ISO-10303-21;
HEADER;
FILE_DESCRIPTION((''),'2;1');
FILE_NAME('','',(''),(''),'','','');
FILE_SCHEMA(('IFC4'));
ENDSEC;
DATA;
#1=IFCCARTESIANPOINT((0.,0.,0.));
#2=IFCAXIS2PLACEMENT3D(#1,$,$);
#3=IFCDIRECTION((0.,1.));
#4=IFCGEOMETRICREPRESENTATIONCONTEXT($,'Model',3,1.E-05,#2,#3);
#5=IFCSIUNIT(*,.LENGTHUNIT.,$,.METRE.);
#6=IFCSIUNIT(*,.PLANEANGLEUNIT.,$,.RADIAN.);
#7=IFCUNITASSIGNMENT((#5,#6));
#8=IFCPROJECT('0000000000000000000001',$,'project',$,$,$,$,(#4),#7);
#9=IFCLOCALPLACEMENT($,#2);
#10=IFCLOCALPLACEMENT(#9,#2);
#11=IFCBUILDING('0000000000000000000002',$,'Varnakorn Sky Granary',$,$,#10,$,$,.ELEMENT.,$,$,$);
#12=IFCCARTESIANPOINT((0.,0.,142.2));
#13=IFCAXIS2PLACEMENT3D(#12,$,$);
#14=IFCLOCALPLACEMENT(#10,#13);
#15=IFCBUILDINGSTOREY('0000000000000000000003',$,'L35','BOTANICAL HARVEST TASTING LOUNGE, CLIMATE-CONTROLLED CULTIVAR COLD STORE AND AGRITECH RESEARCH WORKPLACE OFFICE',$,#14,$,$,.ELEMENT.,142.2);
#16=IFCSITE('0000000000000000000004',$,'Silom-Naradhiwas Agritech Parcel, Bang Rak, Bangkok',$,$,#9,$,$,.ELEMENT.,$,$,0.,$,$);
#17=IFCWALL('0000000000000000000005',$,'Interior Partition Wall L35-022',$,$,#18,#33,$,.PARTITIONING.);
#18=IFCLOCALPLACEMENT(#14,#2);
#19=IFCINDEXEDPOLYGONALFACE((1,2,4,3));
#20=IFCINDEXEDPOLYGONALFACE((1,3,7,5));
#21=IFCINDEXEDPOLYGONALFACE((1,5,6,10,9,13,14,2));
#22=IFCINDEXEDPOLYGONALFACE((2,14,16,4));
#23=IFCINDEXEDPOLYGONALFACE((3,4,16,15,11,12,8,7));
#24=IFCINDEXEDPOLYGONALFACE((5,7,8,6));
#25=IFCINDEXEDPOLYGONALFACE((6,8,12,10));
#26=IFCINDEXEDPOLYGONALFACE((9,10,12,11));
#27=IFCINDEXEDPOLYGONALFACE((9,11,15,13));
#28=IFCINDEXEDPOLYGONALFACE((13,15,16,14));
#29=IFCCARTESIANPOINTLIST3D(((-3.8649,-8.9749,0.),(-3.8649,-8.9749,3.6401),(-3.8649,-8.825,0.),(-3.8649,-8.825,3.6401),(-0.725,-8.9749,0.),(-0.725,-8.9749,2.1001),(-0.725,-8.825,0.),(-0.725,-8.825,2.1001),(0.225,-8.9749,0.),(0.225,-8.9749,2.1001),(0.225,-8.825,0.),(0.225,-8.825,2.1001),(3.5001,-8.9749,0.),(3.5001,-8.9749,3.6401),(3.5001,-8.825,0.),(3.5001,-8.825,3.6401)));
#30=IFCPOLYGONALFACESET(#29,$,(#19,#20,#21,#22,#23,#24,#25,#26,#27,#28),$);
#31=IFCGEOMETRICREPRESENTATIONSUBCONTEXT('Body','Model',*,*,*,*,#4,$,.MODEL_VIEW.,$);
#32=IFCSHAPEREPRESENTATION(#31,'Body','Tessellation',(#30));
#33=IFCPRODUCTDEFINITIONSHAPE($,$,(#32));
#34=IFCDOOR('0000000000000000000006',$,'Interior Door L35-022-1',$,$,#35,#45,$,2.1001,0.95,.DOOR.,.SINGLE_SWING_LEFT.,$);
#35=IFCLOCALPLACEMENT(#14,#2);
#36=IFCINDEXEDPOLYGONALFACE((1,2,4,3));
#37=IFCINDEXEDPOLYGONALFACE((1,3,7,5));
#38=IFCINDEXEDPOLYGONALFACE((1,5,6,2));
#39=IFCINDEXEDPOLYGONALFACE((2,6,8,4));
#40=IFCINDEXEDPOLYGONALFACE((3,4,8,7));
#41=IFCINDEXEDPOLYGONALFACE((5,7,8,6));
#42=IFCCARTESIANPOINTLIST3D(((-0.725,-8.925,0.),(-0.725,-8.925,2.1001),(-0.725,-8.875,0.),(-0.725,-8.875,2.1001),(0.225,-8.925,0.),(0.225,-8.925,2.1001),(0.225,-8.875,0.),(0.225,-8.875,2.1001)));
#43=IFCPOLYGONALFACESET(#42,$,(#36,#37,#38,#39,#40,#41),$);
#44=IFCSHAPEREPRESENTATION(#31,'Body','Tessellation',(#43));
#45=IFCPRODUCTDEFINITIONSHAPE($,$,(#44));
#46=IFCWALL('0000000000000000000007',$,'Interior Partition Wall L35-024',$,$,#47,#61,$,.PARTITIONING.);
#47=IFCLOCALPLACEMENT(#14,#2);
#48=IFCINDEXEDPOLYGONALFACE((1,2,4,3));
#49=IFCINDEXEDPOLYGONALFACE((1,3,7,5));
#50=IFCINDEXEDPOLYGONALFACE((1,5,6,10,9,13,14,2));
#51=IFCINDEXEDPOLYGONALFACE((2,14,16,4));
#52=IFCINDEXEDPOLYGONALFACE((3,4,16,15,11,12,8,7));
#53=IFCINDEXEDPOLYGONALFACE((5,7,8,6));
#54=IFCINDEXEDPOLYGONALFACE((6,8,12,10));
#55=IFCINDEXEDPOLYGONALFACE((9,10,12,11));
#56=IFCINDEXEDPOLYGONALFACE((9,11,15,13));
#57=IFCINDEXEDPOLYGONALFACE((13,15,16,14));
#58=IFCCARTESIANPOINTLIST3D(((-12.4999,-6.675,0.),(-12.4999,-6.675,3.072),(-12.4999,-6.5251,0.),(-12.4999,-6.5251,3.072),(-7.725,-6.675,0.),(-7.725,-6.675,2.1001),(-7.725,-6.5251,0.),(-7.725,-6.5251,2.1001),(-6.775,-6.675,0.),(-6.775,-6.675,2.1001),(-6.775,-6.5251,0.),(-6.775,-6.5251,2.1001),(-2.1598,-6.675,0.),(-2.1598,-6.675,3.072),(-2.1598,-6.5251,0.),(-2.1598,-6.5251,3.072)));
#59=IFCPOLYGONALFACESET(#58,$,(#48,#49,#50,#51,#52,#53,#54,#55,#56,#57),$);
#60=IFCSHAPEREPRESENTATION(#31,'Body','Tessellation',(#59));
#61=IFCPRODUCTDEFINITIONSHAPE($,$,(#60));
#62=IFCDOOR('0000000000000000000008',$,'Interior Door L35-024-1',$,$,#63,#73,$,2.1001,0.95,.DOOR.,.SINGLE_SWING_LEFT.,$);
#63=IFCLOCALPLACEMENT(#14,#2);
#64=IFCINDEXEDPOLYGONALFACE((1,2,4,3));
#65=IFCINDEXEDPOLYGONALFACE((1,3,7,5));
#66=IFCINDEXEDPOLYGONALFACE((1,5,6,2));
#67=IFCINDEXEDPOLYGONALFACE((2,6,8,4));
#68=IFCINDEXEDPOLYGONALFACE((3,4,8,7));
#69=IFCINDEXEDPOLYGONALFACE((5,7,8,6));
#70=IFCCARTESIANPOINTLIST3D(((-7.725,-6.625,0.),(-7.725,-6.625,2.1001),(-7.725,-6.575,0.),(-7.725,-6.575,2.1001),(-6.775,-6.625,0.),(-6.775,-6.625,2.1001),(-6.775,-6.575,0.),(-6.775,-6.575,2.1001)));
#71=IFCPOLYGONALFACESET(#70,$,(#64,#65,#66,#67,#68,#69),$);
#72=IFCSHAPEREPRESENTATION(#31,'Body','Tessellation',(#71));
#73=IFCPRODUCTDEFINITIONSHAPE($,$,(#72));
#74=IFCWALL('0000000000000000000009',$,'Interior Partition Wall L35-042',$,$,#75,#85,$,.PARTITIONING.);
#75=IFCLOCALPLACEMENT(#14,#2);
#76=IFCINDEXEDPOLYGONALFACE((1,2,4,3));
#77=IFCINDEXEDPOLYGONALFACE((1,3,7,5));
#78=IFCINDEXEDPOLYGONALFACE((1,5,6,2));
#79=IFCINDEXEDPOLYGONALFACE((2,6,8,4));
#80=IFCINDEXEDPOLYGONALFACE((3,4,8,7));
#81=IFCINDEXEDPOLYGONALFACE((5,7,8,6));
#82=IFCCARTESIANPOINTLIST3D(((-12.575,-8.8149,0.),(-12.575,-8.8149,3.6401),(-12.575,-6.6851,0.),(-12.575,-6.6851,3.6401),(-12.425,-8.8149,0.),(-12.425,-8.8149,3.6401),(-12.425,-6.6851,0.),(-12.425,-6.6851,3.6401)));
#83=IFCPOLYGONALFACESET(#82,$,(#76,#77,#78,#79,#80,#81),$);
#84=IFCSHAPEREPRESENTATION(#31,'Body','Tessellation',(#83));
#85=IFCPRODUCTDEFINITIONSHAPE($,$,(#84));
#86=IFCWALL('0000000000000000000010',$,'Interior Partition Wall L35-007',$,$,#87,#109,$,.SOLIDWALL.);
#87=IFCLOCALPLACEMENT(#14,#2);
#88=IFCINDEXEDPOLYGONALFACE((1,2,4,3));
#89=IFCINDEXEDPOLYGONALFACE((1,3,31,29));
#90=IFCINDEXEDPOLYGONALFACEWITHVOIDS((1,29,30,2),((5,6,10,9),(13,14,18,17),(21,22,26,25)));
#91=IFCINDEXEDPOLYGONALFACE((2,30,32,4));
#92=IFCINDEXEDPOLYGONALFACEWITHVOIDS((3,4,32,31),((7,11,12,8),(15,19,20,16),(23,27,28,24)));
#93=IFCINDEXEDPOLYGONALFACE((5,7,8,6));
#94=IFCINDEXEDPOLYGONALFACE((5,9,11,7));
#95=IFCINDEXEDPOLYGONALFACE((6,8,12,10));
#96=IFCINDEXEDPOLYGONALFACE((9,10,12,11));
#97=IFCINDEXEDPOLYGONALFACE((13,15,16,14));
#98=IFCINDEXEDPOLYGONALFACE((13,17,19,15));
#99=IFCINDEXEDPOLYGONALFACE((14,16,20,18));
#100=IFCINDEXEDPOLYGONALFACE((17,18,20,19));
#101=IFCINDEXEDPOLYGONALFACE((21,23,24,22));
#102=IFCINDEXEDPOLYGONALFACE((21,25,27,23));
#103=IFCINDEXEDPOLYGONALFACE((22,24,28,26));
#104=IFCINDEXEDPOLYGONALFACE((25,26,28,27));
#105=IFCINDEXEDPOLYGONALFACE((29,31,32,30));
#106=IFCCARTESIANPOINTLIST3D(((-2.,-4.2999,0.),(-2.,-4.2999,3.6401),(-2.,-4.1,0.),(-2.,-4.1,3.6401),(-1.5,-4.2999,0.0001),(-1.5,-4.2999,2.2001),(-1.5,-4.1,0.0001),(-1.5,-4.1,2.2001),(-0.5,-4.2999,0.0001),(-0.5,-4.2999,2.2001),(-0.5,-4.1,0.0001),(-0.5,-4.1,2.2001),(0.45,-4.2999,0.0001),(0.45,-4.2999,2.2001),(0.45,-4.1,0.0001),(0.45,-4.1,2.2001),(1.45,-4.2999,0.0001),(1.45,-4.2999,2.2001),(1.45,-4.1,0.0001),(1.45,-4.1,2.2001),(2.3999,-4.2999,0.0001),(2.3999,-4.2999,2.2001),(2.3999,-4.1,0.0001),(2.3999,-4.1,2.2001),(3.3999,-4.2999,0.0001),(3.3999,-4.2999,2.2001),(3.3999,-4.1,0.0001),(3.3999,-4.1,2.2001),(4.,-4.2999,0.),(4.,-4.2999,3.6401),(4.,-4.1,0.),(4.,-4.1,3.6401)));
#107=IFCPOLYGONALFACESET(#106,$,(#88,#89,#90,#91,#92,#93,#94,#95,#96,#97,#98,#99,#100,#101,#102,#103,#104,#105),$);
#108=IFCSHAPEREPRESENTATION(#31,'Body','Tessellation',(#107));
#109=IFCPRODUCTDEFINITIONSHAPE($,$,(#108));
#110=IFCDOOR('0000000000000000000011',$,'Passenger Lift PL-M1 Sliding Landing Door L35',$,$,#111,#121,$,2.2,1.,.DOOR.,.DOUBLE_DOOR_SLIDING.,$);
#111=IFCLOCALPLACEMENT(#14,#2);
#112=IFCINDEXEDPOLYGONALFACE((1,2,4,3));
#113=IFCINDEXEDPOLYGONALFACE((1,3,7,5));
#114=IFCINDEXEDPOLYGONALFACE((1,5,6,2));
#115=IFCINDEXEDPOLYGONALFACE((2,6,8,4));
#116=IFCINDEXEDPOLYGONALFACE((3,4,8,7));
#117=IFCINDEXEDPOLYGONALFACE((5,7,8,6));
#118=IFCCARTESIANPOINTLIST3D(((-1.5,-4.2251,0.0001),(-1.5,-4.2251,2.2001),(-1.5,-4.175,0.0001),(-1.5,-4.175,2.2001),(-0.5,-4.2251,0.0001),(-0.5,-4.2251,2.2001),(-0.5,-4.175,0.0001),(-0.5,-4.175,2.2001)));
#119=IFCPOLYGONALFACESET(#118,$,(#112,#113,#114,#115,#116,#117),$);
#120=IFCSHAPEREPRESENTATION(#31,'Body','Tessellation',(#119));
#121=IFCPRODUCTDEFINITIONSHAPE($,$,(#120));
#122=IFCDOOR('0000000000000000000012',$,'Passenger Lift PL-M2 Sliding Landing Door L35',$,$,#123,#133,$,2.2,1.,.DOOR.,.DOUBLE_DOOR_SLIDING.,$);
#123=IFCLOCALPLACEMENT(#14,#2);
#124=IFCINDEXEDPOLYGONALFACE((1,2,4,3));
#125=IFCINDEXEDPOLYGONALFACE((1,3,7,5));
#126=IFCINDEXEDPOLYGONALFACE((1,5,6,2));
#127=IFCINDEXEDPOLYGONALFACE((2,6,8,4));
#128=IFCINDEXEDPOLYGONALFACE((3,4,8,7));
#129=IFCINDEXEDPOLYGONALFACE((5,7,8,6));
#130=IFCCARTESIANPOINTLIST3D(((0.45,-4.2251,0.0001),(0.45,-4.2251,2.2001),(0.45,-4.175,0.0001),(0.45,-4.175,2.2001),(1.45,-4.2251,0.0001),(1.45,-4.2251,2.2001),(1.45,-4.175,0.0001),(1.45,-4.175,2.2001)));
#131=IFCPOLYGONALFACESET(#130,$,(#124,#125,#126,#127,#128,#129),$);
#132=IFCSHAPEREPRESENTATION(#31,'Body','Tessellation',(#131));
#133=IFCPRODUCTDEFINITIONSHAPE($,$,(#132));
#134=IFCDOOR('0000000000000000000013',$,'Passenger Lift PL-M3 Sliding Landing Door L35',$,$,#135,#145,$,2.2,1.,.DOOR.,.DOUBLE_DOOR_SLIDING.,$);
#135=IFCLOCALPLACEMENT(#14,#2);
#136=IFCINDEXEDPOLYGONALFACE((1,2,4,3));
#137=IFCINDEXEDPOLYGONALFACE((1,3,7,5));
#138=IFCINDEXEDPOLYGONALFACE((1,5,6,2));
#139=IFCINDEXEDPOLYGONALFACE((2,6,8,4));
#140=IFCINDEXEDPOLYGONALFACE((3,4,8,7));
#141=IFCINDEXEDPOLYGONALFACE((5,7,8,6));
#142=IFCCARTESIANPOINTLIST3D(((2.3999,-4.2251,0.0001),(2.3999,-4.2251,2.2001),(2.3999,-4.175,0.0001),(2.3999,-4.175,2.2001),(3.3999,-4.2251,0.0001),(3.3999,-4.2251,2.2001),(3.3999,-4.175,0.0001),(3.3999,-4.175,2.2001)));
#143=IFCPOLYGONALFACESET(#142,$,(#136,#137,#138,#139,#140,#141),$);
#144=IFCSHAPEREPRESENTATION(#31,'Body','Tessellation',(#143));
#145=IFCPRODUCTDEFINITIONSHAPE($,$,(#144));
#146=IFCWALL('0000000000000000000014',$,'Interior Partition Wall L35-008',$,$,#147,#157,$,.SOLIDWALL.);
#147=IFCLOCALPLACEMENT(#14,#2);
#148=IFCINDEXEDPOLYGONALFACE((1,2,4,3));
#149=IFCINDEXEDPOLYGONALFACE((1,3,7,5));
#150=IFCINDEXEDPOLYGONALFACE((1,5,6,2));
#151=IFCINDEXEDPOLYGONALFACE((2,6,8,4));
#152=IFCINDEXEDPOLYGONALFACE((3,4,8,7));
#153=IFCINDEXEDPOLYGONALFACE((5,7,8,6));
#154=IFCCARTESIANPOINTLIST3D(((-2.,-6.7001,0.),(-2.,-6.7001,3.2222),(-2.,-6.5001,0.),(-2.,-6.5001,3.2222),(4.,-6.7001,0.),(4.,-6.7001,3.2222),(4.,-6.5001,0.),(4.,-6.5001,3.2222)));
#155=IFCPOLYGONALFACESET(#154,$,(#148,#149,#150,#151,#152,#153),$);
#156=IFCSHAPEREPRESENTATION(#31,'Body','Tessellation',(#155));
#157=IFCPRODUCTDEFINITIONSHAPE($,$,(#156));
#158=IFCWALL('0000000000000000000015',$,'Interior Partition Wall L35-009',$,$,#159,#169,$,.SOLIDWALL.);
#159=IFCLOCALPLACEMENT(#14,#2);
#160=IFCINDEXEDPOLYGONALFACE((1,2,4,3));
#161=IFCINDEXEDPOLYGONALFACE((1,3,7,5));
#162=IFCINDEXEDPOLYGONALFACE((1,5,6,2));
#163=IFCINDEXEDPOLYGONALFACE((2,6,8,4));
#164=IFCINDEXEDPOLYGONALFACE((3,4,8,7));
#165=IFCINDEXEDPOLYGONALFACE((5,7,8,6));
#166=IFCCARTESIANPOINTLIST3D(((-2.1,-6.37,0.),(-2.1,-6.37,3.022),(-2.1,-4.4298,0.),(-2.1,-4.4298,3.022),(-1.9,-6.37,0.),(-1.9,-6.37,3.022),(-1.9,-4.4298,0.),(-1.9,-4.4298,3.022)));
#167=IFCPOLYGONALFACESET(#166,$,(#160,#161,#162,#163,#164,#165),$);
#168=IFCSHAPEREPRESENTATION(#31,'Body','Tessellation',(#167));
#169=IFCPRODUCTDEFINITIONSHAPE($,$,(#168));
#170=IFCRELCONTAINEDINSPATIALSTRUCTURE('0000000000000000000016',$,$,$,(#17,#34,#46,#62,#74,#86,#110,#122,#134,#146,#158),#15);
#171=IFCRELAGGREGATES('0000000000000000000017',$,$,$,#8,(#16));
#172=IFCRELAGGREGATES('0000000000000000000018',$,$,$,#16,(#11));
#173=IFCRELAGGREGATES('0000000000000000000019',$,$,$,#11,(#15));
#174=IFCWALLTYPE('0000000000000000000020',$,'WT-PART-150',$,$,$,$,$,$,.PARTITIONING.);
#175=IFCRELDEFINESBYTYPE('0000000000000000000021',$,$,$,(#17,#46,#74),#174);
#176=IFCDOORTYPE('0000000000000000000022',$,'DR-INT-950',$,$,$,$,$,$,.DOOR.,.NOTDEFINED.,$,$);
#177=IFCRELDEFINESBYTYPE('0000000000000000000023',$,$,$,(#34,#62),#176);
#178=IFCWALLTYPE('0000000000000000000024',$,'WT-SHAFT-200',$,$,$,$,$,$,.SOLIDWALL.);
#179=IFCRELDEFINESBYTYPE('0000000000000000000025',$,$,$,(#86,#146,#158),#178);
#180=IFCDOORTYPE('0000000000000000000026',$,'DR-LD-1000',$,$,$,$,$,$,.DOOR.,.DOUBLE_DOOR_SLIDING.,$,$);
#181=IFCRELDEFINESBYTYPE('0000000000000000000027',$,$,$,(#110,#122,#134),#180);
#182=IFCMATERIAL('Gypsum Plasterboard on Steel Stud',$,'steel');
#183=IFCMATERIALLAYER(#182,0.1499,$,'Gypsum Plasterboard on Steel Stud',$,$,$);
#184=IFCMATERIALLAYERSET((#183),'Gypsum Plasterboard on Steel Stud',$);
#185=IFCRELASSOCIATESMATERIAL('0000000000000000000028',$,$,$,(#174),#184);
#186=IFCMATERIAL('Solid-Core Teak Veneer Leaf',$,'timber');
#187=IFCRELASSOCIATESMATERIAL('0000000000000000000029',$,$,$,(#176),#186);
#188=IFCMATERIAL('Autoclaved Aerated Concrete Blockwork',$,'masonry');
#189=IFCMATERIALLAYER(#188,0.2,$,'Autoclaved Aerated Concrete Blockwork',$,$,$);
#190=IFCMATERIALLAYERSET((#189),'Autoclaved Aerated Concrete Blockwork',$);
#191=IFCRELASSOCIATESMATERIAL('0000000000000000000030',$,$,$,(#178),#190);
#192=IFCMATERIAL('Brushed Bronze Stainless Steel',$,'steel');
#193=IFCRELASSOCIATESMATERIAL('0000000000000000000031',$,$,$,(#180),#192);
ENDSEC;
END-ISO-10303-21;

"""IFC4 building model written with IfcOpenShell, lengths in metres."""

from ifc_helpers import new_model, si_unit, direction, frame, frame_2d, origin, place, context, subcontext, project, spatial, rectangle, extrude, material, layer, layer_set, type_object, element, fill, save


model = new_model("IFC4")

# Units and contexts
model_context = context("Model", 3, precision=1e-05, world=origin(), true_north=direction((0.0, 1.0)))
body_context = subcontext(model_context, "Body", "Model", "MODEL_VIEW")
ifc_project = project(units=[si_unit("LENGTHUNIT", "METRE"), si_unit("PLANEANGLEUNIT", "RADIAN")], contexts=[model_context])

# Site, building, storey
site_placement = place(None, origin())
site = spatial("IfcSite", under=ifc_project, at=site_placement, Name="Silom-Naradhiwas Agritech Parcel, Bang Rak, Bangkok", CompositionType="ELEMENT", RefElevation=0.0)
building_placement = place(site_placement, origin())
building = spatial("IfcBuilding", under=site, at=building_placement, Name="Varnakorn Sky Granary", CompositionType="ELEMENT")
storey_placement = place(building_placement, frame((0.0, 0.0, 142.2)))
storey = spatial("IfcBuildingStorey", under=building, at=storey_placement, Name="L35", Description="BOTANICAL HARVEST TASTING LOUNGE, CLIMATE-CONTROLLED CULTIVAR COLD STORE AND AGRITECH RESEARCH WORKPLACE OFFICE", CompositionType="ELEMENT", Elevation=142.2)

# Shared definitions
ifc_material_1 = material(Name="Autoclaved Aerated Concrete Blockwork", Category="masonry")

# Walls, openings, doors
ifc_material_2 = material(Name="Gypsum Plasterboard on Steel Stud", Category="steel")
ifc_layer_1 = layer(ifc_material_2, 0.1499, Name="Gypsum Plasterboard on Steel Stud")
ifc_layer_set_1 = layer_set([ifc_layer_1], Name="Gypsum Plasterboard on Steel Stud")
wall_type_1 = type_object("IfcWallType", Name="WT-PART-150", PredefinedType="PARTITIONING", material=ifc_layer_set_1)
ifc_material_3 = material(Name="Solid-Core Teak Veneer Leaf", Category="timber")
door_type_1 = type_object("IfcDoorType", Name="DR-INT-950", OperationType="NOTDEFINED", PredefinedType="DOOR", material=ifc_material_3)
wall_1_placement = place(storey_placement, frame((-3.865, -8.8999, 0.0), z_axis=(0.0, 0.0, 1.0), x_axis=(1.0, 0.0, 0.0)))
wall_1 = element("IfcWall", 1, at=wall_1_placement, inside=storey, type_object=wall_type_1, Name="Interior Partition Wall L35-022", PredefinedType="PARTITIONING", context=body_context, shape_type="SweptSolid", body=[
    extrude(rectangle(XDim=7.365, YDim=0.1499, at=frame_2d((3.6826, 0.0))), origin(), (0.0, 0.0, 1.0), 3.6401),
])
opening_1_placement = place(wall_1_placement, frame((3.1399, 0.0, 0.0)))
opening_1 = element("IfcOpeningElement", 2, at=opening_1_placement, cuts=wall_1, PredefinedType="OPENING", context=body_context, shape_type="SweptSolid", body=[
    extrude(rectangle(XDim=0.95, YDim=2.1001, at=frame_2d((0.4751, 1.05))), frame((0.0, 0.085, 0.0), z_axis=(0.0, -1.0, 0.0), x_axis=(1.0, 0.0, 0.0)), (0.0, 0.0, 1.0), 0.1699),
])
door_1_placement = place(opening_1_placement, origin())
door_1 = element("IfcDoor", 3, at=door_1_placement, inside=storey, type_object=door_type_1, Name="Interior Door L35-022-1", OperationType="SINGLE_SWING_LEFT", OverallHeight=2.1001, OverallWidth=0.95, PredefinedType="DOOR", context=body_context, shape_type="SweptSolid", body=[
    extrude(rectangle(XDim=0.95, YDim=2.1001, at=frame_2d((0.4751, 1.05))), frame((0.0, 0.0249, 0.0), z_axis=(0.0, -1.0, 0.0), x_axis=(1.0, 0.0, 0.0)), (0.0, 0.0, 1.0), 0.05),
])
fill(opening_1, door_1)
wall_2_placement = place(storey_placement, frame((-2.1599, -6.6001, 0.0), z_axis=(0.0, 0.0, 1.0), x_axis=(-1.0, 0.0, 0.0)))
wall_2 = element("IfcWall", 4, at=wall_2_placement, inside=storey, type_object=wall_type_1, Name="Interior Partition Wall L35-024", PredefinedType="PARTITIONING", context=body_context, shape_type="SweptSolid", body=[
    extrude(rectangle(XDim=10.3401, YDim=0.1499, at=frame_2d((5.1699, 0.0))), origin(), (0.0, 0.0, 1.0), 3.072),
])
opening_2_placement = place(wall_2_placement, frame((4.615, 0.0, 0.0)))
opening_2 = element("IfcOpeningElement", 5, at=opening_2_placement, cuts=wall_2, PredefinedType="OPENING", context=body_context, shape_type="SweptSolid", body=[
    extrude(rectangle(XDim=0.95, YDim=2.1001, at=frame_2d((0.4751, 1.05))), frame((0.0, 0.085, 0.0), z_axis=(0.0, -1.0, 0.0), x_axis=(1.0, 0.0, 0.0)), (0.0, 0.0, 1.0), 0.1699),
])
door_2_placement = place(opening_2_placement, origin())
door_2 = element("IfcDoor", 6, at=door_2_placement, inside=storey, type_object=door_type_1, Name="Interior Door L35-024-1", OperationType="SINGLE_SWING_LEFT", OverallHeight=2.1001, OverallWidth=0.95, PredefinedType="DOOR", context=body_context, shape_type="SweptSolid", body=[
    extrude(rectangle(XDim=0.95, YDim=2.1001, at=frame_2d((0.4751, 1.05))), frame((0.0, 0.0249, 0.0), z_axis=(0.0, -1.0, 0.0), x_axis=(1.0, 0.0, 0.0)), (0.0, 0.0, 1.0), 0.05),
])
fill(opening_2, door_2)

# Wall
wall_3_placement = place(storey_placement, frame((-12.5, -6.6851, 0.0), z_axis=(0.0, 0.0, 1.0), x_axis=(0.0, -1.0, 0.0)))
element("IfcWall", 7, at=wall_3_placement, inside=storey, type_object=wall_type_1, Name="Interior Partition Wall L35-042", PredefinedType="PARTITIONING", context=body_context, shape_type="SweptSolid", body=[
    extrude(rectangle(XDim=2.1299, YDim=0.1499, at=frame_2d((1.0649, 0.0))), origin(), (0.0, 0.0, 1.0), 3.6401),
])

# Wall, openings, doors
ifc_layer_2 = layer(ifc_material_1, 0.2, Name="Autoclaved Aerated Concrete Blockwork")
ifc_layer_set_2 = layer_set([ifc_layer_2], Name="Autoclaved Aerated Concrete Blockwork")
wall_type_2 = type_object("IfcWallType", Name="WT-SHAFT-200", PredefinedType="SOLIDWALL", material=ifc_layer_set_2)
wall_4_placement = place(storey_placement, frame((-2.0, -4.2, 0.0), z_axis=(0.0, 0.0, 1.0), x_axis=(1.0, 0.0, 0.0)))
wall_4 = element("IfcWall", 8, at=wall_4_placement, inside=storey, type_object=wall_type_2, Name="Interior Partition Wall L35-007", PredefinedType="SOLIDWALL", context=body_context, shape_type="SweptSolid", body=[
    extrude(rectangle(XDim=6.0, YDim=0.2, at=frame_2d((3.0, 0.0))), origin(), (0.0, 0.0, 1.0), 3.6401),
])
opening_3_placement = place(wall_4_placement, frame((0.5, 0.0, 0.0)))
opening_3 = element("IfcOpeningElement", 9, at=opening_3_placement, cuts=wall_4, PredefinedType="OPENING", context=body_context, shape_type="SweptSolid", body=[
    extrude(rectangle(XDim=1.0, YDim=2.2, at=frame_2d((0.5, 1.1001))), frame((0.0, 0.1099, 0.0), z_axis=(0.0, -1.0, 0.0), x_axis=(1.0, 0.0, 0.0)), (0.0, 0.0, 1.0), 0.22),
])
opening_4_placement = place(wall_4_placement, frame((2.45, 0.0, 0.0)))
opening_4 = element("IfcOpeningElement", 10, at=opening_4_placement, cuts=wall_4, PredefinedType="OPENING", context=body_context, shape_type="SweptSolid", body=[
    extrude(rectangle(XDim=1.0, YDim=2.2, at=frame_2d((0.5, 1.1001))), frame((0.0, 0.1099, 0.0), z_axis=(0.0, -1.0, 0.0), x_axis=(1.0, 0.0, 0.0)), (0.0, 0.0, 1.0), 0.22),
])
opening_5_placement = place(wall_4_placement, frame((4.3999, 0.0, 0.0)))
opening_5 = element("IfcOpeningElement", 11, at=opening_5_placement, cuts=wall_4, PredefinedType="OPENING", context=body_context, shape_type="SweptSolid", body=[
    extrude(rectangle(XDim=1.0, YDim=2.2, at=frame_2d((0.5, 1.1001))), frame((0.0, 0.1099, 0.0), z_axis=(0.0, -1.0, 0.0), x_axis=(1.0, 0.0, 0.0)), (0.0, 0.0, 1.0), 0.22),
])
ifc_material_4 = material(Name="Brushed Bronze Stainless Steel", Category="steel")
door_type_2 = type_object("IfcDoorType", Name="DR-LD-1000", OperationType="DOUBLE_DOOR_SLIDING", PredefinedType="DOOR", material=ifc_material_4)
door_3_placement = place(opening_3_placement, origin())
door_3 = element("IfcDoor", 12, at=door_3_placement, inside=storey, type_object=door_type_2, Name="Passenger Lift PL-M1 Sliding Landing Door L35", OperationType="DOUBLE_DOOR_SLIDING", OverallHeight=2.2, OverallWidth=1.0, PredefinedType="DOOR", context=body_context, shape_type="SweptSolid", body=[
    extrude(rectangle(XDim=1.0, YDim=2.2, at=frame_2d((0.5, 1.1001))), frame((0.0, 0.0249, 0.0), z_axis=(0.0, -1.0, 0.0), x_axis=(1.0, 0.0, 0.0)), (0.0, 0.0, 1.0), 0.05),
])
fill(opening_3, door_3)
door_4_placement = place(opening_4_placement, origin())
door_4 = element("IfcDoor", 13, at=door_4_placement, inside=storey, type_object=door_type_2, Name="Passenger Lift PL-M2 Sliding Landing Door L35", OperationType="DOUBLE_DOOR_SLIDING", OverallHeight=2.2, OverallWidth=1.0, PredefinedType="DOOR", context=body_context, shape_type="SweptSolid", body=[
    extrude(rectangle(XDim=1.0, YDim=2.2, at=frame_2d((0.5, 1.1001))), frame((0.0, 0.0249, 0.0), z_axis=(0.0, -1.0, 0.0), x_axis=(1.0, 0.0, 0.0)), (0.0, 0.0, 1.0), 0.05),
])
fill(opening_4, door_4)
door_5_placement = place(opening_5_placement, origin())
door_5 = element("IfcDoor", 14, at=door_5_placement, inside=storey, type_object=door_type_2, Name="Passenger Lift PL-M3 Sliding Landing Door L35", OperationType="DOUBLE_DOOR_SLIDING", OverallHeight=2.2, OverallWidth=1.0, PredefinedType="DOOR", context=body_context, shape_type="SweptSolid", body=[
    extrude(rectangle(XDim=1.0, YDim=2.2, at=frame_2d((0.5, 1.1001))), frame((0.0, 0.0249, 0.0), z_axis=(0.0, -1.0, 0.0), x_axis=(1.0, 0.0, 0.0)), (0.0, 0.0, 1.0), 0.05),
])
fill(opening_5, door_5)

# Walls
wall_5_placement = place(storey_placement, frame((-2.0, -6.6001, 0.0), z_axis=(0.0, 0.0, 1.0), x_axis=(1.0, 0.0, 0.0)))
element("IfcWall", 15, at=wall_5_placement, inside=storey, type_object=wall_type_2, Name="Interior Partition Wall L35-008", PredefinedType="SOLIDWALL", context=body_context, shape_type="SweptSolid", body=[
    extrude(rectangle(XDim=6.0, YDim=0.2, at=frame_2d((3.0, 0.0))), origin(), (0.0, 0.0, 1.0), 3.2222),
])
wall_6_placement = place(storey_placement, frame((-2.0, -6.3701, 0.0), z_axis=(0.0, 0.0, 1.0), x_axis=(0.0, 1.0, 0.0)))
element("IfcWall", 16, at=wall_6_placement, inside=storey, type_object=wall_type_2, Name="Interior Partition Wall L35-009", PredefinedType="SOLIDWALL", context=body_context, shape_type="SweptSolid", body=[
    extrude(rectangle(XDim=1.9402, YDim=0.2, at=frame_2d((0.9702, 0.0))), origin(), (0.0, 0.0, 1.0), 3.022),
])

save(model, "model.ifc")
